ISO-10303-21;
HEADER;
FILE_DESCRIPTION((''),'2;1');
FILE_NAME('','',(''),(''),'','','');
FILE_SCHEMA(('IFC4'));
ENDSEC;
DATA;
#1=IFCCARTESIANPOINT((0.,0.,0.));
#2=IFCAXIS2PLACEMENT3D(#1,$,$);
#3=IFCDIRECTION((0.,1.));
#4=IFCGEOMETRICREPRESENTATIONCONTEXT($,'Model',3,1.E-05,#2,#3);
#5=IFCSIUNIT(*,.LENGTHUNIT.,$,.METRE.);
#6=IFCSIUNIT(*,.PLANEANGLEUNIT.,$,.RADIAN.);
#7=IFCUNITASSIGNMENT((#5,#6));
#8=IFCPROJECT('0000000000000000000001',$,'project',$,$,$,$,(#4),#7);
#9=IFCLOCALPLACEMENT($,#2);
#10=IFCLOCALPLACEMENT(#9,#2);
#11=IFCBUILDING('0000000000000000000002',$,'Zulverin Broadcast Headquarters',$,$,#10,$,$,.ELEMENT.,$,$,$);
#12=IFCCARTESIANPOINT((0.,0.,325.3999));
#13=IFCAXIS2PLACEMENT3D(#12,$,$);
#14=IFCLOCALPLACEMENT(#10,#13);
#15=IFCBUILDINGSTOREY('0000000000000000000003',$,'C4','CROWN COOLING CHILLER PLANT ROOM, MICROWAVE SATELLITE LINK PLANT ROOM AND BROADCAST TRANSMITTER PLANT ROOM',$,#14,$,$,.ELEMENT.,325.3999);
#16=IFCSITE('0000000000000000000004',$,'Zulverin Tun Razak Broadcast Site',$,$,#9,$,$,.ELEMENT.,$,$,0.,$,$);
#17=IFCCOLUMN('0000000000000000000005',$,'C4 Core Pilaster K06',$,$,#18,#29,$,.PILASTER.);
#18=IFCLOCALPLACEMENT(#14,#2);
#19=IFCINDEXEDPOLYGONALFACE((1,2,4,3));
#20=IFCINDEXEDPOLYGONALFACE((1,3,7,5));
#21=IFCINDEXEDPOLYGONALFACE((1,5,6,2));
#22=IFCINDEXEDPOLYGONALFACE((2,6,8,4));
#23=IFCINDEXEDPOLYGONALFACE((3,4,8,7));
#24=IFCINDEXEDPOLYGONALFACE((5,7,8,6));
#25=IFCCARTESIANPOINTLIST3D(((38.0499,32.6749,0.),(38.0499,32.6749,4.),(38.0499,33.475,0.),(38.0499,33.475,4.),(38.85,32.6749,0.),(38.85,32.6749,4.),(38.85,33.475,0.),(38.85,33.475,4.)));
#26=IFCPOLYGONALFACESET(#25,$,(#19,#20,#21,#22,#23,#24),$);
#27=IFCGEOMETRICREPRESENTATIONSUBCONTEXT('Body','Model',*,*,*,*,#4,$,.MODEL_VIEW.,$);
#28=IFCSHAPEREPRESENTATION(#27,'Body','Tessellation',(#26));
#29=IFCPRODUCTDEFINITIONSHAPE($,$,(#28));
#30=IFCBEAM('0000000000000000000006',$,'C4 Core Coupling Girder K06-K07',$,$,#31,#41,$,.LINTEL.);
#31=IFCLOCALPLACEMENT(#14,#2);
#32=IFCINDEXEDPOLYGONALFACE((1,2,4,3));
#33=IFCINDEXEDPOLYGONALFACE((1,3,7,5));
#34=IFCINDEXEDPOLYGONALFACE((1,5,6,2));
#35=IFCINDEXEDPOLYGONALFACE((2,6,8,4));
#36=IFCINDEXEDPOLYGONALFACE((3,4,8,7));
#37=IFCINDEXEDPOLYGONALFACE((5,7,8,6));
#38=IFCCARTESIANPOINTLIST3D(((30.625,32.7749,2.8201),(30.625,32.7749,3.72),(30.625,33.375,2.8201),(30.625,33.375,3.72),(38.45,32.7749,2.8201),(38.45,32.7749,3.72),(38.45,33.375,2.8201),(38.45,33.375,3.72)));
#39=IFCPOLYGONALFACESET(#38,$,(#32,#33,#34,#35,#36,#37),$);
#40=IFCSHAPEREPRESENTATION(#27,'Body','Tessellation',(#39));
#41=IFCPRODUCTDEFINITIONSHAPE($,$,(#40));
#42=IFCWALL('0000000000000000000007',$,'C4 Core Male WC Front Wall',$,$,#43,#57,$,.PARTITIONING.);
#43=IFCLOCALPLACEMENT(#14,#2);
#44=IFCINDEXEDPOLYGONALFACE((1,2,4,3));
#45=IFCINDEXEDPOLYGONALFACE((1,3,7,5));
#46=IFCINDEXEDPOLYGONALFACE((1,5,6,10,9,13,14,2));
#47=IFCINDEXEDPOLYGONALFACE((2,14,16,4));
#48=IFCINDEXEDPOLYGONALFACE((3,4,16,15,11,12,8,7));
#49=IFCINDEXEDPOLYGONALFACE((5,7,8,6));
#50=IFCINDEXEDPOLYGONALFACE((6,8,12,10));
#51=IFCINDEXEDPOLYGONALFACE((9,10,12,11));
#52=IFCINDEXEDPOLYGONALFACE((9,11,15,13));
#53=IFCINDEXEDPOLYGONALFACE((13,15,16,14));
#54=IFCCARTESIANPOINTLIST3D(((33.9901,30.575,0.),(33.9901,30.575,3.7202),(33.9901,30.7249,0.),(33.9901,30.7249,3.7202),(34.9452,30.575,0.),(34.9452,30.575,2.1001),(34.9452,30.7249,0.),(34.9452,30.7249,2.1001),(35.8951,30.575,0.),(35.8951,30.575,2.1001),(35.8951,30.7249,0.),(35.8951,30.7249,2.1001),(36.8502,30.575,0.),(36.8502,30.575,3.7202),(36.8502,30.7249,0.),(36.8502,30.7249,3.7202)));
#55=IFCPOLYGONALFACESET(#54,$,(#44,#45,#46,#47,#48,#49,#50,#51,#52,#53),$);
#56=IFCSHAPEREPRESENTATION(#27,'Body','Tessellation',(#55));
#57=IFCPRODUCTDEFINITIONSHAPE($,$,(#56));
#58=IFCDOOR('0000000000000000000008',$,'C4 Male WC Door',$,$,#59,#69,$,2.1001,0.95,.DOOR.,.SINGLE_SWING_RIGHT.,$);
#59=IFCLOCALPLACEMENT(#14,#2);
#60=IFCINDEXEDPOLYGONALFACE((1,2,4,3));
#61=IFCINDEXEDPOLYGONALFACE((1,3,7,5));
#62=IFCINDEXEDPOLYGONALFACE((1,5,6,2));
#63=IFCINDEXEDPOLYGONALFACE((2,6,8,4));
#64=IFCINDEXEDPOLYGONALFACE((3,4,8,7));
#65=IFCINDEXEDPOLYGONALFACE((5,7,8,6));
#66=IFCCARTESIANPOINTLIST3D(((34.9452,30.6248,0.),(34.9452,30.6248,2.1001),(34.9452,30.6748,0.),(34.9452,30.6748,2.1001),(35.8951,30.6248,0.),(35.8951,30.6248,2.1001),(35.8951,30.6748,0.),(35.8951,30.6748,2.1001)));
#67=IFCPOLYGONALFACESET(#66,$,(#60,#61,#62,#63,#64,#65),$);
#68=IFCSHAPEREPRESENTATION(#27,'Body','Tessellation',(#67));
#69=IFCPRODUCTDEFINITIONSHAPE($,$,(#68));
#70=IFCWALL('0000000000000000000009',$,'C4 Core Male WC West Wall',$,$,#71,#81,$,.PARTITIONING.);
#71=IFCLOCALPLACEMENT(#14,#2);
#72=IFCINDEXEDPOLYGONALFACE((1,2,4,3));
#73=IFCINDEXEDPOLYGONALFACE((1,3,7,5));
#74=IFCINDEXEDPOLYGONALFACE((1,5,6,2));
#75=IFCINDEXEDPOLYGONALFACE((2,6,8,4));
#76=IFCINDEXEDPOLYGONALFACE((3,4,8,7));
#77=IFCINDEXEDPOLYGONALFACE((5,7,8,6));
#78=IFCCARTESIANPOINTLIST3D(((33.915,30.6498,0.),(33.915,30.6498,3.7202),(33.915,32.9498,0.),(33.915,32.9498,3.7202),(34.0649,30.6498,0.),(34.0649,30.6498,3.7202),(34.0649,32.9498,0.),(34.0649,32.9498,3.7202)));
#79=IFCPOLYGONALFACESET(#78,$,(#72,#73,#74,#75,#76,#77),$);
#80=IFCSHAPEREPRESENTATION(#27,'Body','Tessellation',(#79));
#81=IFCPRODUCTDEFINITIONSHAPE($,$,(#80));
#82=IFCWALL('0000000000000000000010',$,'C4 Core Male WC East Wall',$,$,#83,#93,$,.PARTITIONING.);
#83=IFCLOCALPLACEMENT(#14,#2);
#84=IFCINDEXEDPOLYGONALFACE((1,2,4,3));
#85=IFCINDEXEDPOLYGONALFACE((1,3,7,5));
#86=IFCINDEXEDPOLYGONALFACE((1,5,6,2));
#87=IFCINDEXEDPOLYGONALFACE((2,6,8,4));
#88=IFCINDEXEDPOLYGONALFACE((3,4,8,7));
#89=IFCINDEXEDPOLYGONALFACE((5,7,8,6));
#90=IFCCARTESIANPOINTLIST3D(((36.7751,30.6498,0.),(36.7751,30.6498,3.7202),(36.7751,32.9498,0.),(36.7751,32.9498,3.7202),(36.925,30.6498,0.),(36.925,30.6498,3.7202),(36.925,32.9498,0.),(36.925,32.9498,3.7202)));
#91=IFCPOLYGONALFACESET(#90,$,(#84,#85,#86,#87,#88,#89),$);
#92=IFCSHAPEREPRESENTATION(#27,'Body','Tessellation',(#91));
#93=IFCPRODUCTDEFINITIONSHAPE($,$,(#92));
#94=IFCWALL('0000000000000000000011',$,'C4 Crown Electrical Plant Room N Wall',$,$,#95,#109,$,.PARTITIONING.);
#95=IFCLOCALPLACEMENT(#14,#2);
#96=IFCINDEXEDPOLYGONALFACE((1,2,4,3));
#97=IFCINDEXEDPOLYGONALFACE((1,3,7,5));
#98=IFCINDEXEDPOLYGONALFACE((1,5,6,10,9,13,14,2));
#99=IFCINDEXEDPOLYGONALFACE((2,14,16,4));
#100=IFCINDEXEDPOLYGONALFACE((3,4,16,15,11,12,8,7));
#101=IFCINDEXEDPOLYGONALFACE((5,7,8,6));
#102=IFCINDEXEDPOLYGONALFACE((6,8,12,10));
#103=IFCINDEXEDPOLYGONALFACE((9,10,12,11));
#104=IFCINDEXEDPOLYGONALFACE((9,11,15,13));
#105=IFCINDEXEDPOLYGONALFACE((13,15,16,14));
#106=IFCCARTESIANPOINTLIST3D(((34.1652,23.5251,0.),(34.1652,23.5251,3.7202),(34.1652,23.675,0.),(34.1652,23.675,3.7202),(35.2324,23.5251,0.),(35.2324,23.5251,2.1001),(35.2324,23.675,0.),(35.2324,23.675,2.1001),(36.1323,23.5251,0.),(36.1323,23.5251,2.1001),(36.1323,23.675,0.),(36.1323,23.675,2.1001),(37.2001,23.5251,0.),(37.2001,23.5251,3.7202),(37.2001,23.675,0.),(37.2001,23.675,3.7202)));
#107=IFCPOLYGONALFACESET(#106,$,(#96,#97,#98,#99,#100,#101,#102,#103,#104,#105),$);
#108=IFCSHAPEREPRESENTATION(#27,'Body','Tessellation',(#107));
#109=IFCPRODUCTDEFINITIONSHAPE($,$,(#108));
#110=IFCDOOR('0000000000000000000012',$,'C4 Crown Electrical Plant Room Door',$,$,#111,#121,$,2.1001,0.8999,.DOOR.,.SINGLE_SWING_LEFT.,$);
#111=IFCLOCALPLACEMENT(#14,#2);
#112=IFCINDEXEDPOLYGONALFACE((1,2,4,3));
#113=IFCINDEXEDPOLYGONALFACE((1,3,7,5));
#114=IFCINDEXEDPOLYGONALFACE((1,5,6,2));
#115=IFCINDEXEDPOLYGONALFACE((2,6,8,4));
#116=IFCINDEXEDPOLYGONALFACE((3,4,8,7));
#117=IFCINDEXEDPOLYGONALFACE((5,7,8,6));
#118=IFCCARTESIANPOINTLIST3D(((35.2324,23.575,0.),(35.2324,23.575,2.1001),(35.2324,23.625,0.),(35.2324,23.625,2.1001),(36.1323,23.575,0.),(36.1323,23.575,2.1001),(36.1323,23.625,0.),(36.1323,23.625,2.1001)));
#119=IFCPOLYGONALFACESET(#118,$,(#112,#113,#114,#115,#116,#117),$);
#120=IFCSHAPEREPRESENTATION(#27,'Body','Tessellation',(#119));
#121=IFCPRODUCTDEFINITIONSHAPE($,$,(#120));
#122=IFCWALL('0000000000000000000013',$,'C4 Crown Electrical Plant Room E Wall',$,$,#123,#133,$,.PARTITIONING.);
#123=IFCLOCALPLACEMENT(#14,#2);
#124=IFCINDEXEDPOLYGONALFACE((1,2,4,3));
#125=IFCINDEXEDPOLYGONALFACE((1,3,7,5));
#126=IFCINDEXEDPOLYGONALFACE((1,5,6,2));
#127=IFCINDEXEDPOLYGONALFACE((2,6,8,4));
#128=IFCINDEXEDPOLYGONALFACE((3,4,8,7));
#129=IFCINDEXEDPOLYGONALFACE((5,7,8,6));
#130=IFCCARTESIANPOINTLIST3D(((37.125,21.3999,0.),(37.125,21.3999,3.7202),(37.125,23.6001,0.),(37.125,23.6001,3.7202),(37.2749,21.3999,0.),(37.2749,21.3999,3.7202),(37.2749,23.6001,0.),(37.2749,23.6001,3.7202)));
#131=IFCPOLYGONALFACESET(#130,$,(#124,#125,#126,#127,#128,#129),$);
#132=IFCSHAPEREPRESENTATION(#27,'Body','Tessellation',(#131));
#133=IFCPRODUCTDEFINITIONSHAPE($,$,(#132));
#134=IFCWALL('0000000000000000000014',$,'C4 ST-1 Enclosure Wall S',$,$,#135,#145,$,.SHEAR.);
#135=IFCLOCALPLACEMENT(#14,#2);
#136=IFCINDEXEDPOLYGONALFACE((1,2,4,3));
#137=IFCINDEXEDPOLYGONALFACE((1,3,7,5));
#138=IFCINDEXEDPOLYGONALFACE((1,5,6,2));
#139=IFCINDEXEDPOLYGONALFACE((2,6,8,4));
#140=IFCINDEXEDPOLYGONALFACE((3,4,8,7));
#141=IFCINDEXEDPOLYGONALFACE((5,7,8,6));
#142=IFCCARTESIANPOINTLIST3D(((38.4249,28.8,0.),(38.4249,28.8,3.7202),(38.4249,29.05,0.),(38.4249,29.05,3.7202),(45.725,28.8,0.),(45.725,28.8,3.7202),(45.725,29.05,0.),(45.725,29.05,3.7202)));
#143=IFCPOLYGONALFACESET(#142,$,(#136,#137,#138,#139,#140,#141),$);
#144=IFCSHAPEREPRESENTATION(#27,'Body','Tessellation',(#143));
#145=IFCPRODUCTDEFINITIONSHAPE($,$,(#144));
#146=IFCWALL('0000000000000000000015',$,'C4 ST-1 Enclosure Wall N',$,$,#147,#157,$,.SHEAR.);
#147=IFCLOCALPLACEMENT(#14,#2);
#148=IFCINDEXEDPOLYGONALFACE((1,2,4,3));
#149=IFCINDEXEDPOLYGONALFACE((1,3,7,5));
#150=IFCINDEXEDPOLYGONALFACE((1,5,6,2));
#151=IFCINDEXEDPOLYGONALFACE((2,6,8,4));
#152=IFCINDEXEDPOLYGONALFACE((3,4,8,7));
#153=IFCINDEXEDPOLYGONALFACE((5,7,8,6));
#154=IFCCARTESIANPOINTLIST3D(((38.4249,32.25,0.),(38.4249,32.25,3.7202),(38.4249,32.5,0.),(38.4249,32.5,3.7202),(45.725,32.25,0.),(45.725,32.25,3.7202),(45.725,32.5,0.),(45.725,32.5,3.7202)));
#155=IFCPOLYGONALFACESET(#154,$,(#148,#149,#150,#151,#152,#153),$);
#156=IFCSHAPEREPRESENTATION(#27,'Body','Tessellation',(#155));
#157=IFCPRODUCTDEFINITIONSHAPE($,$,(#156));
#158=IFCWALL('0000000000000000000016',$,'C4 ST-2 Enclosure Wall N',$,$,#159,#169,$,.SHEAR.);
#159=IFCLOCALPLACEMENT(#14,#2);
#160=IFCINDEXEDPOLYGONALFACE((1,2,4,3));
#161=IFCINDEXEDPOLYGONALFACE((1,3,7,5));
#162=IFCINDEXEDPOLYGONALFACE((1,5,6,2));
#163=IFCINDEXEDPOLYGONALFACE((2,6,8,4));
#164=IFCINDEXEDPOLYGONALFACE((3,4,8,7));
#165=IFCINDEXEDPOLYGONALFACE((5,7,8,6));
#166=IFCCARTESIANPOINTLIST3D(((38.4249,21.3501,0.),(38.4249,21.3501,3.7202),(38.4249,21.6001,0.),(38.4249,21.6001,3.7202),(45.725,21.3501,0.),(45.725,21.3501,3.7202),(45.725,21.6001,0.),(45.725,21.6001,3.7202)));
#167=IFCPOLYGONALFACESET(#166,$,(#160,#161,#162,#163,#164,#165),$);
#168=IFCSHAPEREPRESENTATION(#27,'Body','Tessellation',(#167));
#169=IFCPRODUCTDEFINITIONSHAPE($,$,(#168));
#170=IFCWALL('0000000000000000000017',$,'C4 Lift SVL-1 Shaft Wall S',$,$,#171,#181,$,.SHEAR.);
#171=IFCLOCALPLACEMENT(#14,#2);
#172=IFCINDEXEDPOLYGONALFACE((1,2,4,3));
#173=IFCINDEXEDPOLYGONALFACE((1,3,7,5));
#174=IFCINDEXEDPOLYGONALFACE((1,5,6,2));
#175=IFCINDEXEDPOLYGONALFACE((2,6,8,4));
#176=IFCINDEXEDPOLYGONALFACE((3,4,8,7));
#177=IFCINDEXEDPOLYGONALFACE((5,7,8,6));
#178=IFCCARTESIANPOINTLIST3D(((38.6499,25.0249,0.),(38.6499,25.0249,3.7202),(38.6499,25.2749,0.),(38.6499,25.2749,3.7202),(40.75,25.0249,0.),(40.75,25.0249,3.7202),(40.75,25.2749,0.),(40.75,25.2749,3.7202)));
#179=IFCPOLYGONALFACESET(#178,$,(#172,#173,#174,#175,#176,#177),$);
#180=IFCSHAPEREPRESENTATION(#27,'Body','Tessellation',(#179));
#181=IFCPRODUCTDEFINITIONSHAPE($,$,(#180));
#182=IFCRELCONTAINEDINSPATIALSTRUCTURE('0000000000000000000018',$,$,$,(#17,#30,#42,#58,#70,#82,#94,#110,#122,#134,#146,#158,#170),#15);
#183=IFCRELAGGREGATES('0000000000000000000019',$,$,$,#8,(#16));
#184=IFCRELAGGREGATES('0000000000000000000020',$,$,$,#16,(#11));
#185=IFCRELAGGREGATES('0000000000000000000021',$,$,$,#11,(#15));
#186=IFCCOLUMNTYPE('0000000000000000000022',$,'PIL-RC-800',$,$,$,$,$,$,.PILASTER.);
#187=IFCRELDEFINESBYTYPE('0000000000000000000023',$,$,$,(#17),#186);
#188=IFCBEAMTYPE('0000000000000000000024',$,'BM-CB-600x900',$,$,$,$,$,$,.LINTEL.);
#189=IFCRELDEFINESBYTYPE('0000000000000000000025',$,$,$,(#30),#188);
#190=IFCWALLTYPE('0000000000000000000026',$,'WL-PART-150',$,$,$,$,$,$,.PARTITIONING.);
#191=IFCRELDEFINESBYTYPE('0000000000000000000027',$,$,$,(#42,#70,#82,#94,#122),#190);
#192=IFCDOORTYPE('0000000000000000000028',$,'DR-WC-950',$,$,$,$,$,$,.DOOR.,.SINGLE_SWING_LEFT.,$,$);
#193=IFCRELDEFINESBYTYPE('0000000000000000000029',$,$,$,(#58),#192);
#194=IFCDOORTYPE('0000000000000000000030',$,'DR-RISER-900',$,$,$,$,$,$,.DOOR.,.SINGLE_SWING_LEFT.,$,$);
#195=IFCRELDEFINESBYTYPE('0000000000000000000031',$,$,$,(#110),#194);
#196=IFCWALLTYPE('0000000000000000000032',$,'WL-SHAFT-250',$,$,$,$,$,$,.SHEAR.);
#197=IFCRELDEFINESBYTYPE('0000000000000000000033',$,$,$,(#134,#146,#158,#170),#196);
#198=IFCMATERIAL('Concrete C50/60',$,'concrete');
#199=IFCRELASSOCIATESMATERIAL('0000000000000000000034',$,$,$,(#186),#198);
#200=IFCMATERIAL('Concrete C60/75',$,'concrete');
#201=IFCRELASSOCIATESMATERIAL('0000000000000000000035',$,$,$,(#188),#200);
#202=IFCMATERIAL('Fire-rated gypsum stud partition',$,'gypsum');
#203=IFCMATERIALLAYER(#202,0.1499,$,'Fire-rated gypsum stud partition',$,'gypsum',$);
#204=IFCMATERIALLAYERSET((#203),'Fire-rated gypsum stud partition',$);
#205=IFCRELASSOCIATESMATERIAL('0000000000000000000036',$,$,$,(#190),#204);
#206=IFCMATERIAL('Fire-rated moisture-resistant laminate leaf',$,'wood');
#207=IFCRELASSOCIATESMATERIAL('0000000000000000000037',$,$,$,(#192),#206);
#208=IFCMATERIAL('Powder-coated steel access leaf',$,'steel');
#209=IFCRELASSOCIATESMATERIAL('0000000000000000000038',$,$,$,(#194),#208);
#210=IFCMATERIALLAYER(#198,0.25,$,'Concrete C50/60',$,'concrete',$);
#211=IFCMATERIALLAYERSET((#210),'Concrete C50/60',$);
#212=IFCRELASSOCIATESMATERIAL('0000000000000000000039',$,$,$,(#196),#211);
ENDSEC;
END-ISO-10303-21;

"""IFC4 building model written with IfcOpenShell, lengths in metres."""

from ifc_helpers import new_model, si_unit, direction, frame, frame_2d, origin, origin_2d, place, context, subcontext, project, spatial, rectangle, extrude, material, layer, layer_set, material_profile, profile_set, type_object, element, fill, save


model = new_model("IFC4")

# Units and contexts
model_context = context("Model", 3, precision=1e-05, world=origin(), true_north=direction((0.0, 1.0)))
body_context = subcontext(model_context, "Body", "Model", "MODEL_VIEW")
ifc_project = project(units=[si_unit("LENGTHUNIT", "METRE"), si_unit("PLANEANGLEUNIT", "RADIAN")], contexts=[model_context])

# Site, building, storey
site_placement = place(None, origin())
site = spatial("IfcSite", under=ifc_project, at=site_placement, Name="Zulverin Tun Razak Broadcast Site", CompositionType="ELEMENT", RefElevation=0.0)
building_placement = place(site_placement, origin())
building = spatial("IfcBuilding", under=site, at=building_placement, Name="Zulverin Broadcast Headquarters", CompositionType="ELEMENT")
storey_placement = place(building_placement, frame((0.0, 0.0, 325.3999)))
storey = spatial("IfcBuildingStorey", under=building, at=storey_placement, Name="C4", Description="CROWN COOLING CHILLER PLANT ROOM, MICROWAVE SATELLITE LINK PLANT ROOM AND BROADCAST TRANSMITTER PLANT ROOM", CompositionType="ELEMENT", Elevation=325.3999)

# Column
ifc_material_1 = material(Name="Concrete C50/60", Category="concrete")
ifc_material_profile_1 = material_profile(ifc_material_1, rectangle(XDim=0.8, YDim=0.8, at=origin_2d()), Name="Concrete C50/60", Category="concrete")
ifc_profile_set_1 = profile_set([ifc_material_profile_1], Name="Concrete C50/60")
column_type = type_object("IfcColumnType", Name="PIL-RC-800", PredefinedType="PILASTER", material=ifc_profile_set_1)
column_placement = place(storey_placement, frame((38.45, 33.075, 0.0), z_axis=(0.0, 0.0, 1.0), x_axis=(1.0, 0.0, 0.0)))
element("IfcColumn", 1, at=column_placement, inside=storey, type_object=column_type, Name="C4 Core Pilaster K06", PredefinedType="PILASTER", context=body_context, shape_type="SweptSolid", body=[
    extrude(rectangle(XDim=0.8, YDim=0.8, at=origin_2d()), origin(), (0.0, 0.0, 1.0), 4.0),
])

# Beam
ifc_material_2 = material(Name="Concrete C60/75", Category="concrete")
ifc_material_profile_2 = material_profile(ifc_material_2, rectangle(XDim=0.6001, YDim=0.8999, at=origin_2d()), Name="Concrete C60/75", Category="concrete")
ifc_profile_set_2 = profile_set([ifc_material_profile_2], Name="Concrete C60/75")
beam_type = type_object("IfcBeamType", Name="BM-CB-600x900", PredefinedType="LINTEL", material=ifc_profile_set_2)
beam_placement = place(storey_placement, frame((38.45, 33.075, 3.27), z_axis=(-1.0, 0.0, 0.0), x_axis=(0.0, -1.0, 0.0)))
element("IfcBeam", 2, at=beam_placement, inside=storey, type_object=beam_type, Name="C4 Core Coupling Girder K06-K07", PredefinedType="LINTEL", context=body_context, shape_type="SweptSolid", body=[
    extrude(rectangle(XDim=0.6001, YDim=0.8999, at=origin_2d()), origin(), (0.0, 0.0, 1.0), 7.825),
])

# Wall, opening, door
ifc_material_3 = material(Name="Fire-rated gypsum stud partition", Category="gypsum")
ifc_layer_1 = layer(ifc_material_3, 0.1499, Name="Fire-rated gypsum stud partition", Category="gypsum")
ifc_layer_set_1 = layer_set([ifc_layer_1], Name="Fire-rated gypsum stud partition")
wall_type_1 = type_object("IfcWallType", Name="WL-PART-150", PredefinedType="PARTITIONING", material=ifc_layer_set_1)
wall_1_placement = place(storey_placement, frame((33.99, 30.6499, 0.0), z_axis=(0.0, 0.0, 1.0), x_axis=(1.0, 0.0, 0.0)))
wall_1 = element("IfcWall", 3, at=wall_1_placement, inside=storey, type_object=wall_type_1, Name="C4 Core Male WC Front Wall", PredefinedType="PARTITIONING", context=body_context, shape_type="SweptSolid", body=[
    extrude(rectangle(XDim=2.8601, YDim=0.1499, at=frame_2d((1.4302, 0.0))), origin(), (0.0, 0.0, 1.0), 3.7202),
])
opening_1_placement = place(wall_1_placement, frame((0.9551, 0.0, 0.0)))
opening_1 = element("IfcOpeningElement", 4, at=opening_1_placement, cuts=wall_1, PredefinedType="OPENING", context=body_context, shape_type="SweptSolid", body=[
    extrude(rectangle(XDim=0.95, YDim=2.1001, at=frame_2d((0.4751, 1.05))), frame((0.0, 0.085, 0.0), z_axis=(0.0, -1.0, 0.0), x_axis=(1.0, 0.0, 0.0)), (0.0, 0.0, 1.0), 0.1699),
])
ifc_material_4 = material(Name="Fire-rated moisture-resistant laminate leaf", Category="wood")
door_type_1 = type_object("IfcDoorType", Name="DR-WC-950", OperationType="SINGLE_SWING_LEFT", PredefinedType="DOOR", material=ifc_material_4)
door_1_placement = place(opening_1_placement, origin())
door_1 = element("IfcDoor", 5, at=door_1_placement, inside=storey, type_object=door_type_1, Name="C4 Male WC Door", OperationType="SINGLE_SWING_RIGHT", OverallHeight=2.1001, OverallWidth=0.95, PredefinedType="DOOR", context=body_context, shape_type="SweptSolid", body=[
    extrude(rectangle(XDim=0.95, YDim=2.1001, at=frame_2d((0.4751, 1.05))), frame((0.0, 0.0249, 0.0), z_axis=(0.0, -1.0, 0.0), x_axis=(1.0, 0.0, 0.0)), (0.0, 0.0, 1.0), 0.05),
])
fill(opening_1, door_1)

# Walls
for number, where, z_axis, x_axis, name in (
    (6, (33.99, 30.6499, 0.0), (0.0, 0.0, 1.0), (0.0, 1.0, 0.0), "C4 Core Male WC West Wall"),
    (7, (36.8501, 30.6499, 0.0), (0.0, 0.0, 1.0), (0.0, 1.0, 0.0), "C4 Core Male WC East Wall"),
):
    element("IfcWall", number, at=place(storey_placement, frame(where, z_axis=z_axis, x_axis=x_axis)), inside=storey, type_object=wall_type_1, Name=name, PredefinedType="PARTITIONING", context=body_context, shape_type="SweptSolid", body=[
        extrude(rectangle(XDim=2.3, YDim=0.1499, at=frame_2d((1.1499, 0.0))), origin(), (0.0, 0.0, 1.0), 3.7202),
    ])

# Wall, opening, door
wall_2_placement = place(storey_placement, frame((34.165, 23.6001, 0.0), z_axis=(0.0, 0.0, 1.0), x_axis=(1.0, 0.0, 0.0)))
wall_2 = element("IfcWall", 8, at=wall_2_placement, inside=storey, type_object=wall_type_1, Name="C4 Crown Electrical Plant Room N Wall", PredefinedType="PARTITIONING", context=body_context, shape_type="SweptSolid", body=[
    extrude(rectangle(XDim=3.0349, YDim=0.1499, at=frame_2d((1.5176, 0.0))), origin(), (0.0, 0.0, 1.0), 3.7202),
])
opening_2_placement = place(wall_2_placement, frame((1.0674, 0.0, 0.0)))
opening_2 = element("IfcOpeningElement", 9, at=opening_2_placement, cuts=wall_2, PredefinedType="OPENING", context=body_context, shape_type="SweptSolid", body=[
    extrude(rectangle(XDim=0.8999, YDim=2.1001, at=frame_2d((0.45, 1.05))), frame((0.0, 0.085, 0.0), z_axis=(0.0, -1.0, 0.0), x_axis=(1.0, 0.0, 0.0)), (0.0, 0.0, 1.0), 0.1699),
])
ifc_material_5 = material(Name="Powder-coated steel access leaf", Category="steel")
door_type_2 = type_object("IfcDoorType", Name="DR-RISER-900", OperationType="SINGLE_SWING_LEFT", PredefinedType="DOOR", material=ifc_material_5)
door_2_placement = place(opening_2_placement, origin())
door_2 = element("IfcDoor", 10, at=door_2_placement, inside=storey, type_object=door_type_2, Name="C4 Crown Electrical Plant Room Door", OperationType="SINGLE_SWING_LEFT", OverallHeight=2.1001, OverallWidth=0.8999, PredefinedType="DOOR", context=body_context, shape_type="SweptSolid", body=[
    extrude(rectangle(XDim=0.8999, YDim=2.1001, at=frame_2d((0.45, 1.05))), frame((0.0, 0.0249, 0.0), z_axis=(0.0, -1.0, 0.0), x_axis=(1.0, 0.0, 0.0)), (0.0, 0.0, 1.0), 0.05),
])
fill(opening_2, door_2)

# Walls
wall_3_placement = place(storey_placement, frame((37.2, 21.3999, 0.0), z_axis=(0.0, 0.0, 1.0), x_axis=(0.0, 1.0, 0.0)))
element("IfcWall", 11, at=wall_3_placement, inside=storey, type_object=wall_type_1, Name="C4 Crown Electrical Plant Room E Wall", PredefinedType="PARTITIONING", context=body_context, shape_type="SweptSolid", body=[
    extrude(rectangle(XDim=2.2002, YDim=0.1499, at=frame_2d((1.1001, 0.0))), origin(), (0.0, 0.0, 1.0), 3.7202),
])
ifc_layer_2 = layer(ifc_material_1, 0.25, Name="Concrete C50/60", Category="concrete")
ifc_layer_set_2 = layer_set([ifc_layer_2], Name="Concrete C50/60")
wall_type_2 = type_object("IfcWallType", Name="WL-SHAFT-250", PredefinedType="SHEAR", material=ifc_layer_set_2)
for number, where, z_axis, x_axis, name in (
    (12, (38.425, 28.925, 0.0), (0.0, 0.0, 1.0), (1.0, 0.0, 0.0), "C4 ST-1 Enclosure Wall S"),
    (13, (38.425, 32.375, 0.0), (0.0, 0.0, 1.0), (1.0, 0.0, 0.0), "C4 ST-1 Enclosure Wall N"),
):
    element("IfcWall", number, at=place(storey_placement, frame(where, z_axis=z_axis, x_axis=x_axis)), inside=storey, type_object=wall_type_2, Name=name, PredefinedType="SHEAR", context=body_context, shape_type="SweptSolid", body=[
        extrude(rectangle(XDim=7.3, YDim=0.25, at=frame_2d((3.6499, 0.0))), origin(), (0.0, 0.0, 1.0), 3.7202),
    ])

# Walls
wall_4_placement = place(storey_placement, frame((38.425, 21.4751, 0.0), z_axis=(0.0, 0.0, 1.0), x_axis=(1.0, 0.0, 0.0)))
element("IfcWall", 14, at=wall_4_placement, inside=storey, type_object=wall_type_2, Name="C4 ST-2 Enclosure Wall N", PredefinedType="SHEAR", context=body_context, shape_type="SweptSolid", body=[
    extrude(rectangle(XDim=7.3, YDim=0.25, at=frame_2d((3.6499, 0.0))), origin(), (0.0, 0.0, 1.0), 3.7202),
])
for number, where, z_axis, x_axis, name in (
    (15, (38.6499, 25.1499, 0.0), (0.0, 0.0, 1.0), (1.0, 0.0, 0.0), "C4 Lift SVL-1 Shaft Wall S"),
):
    element("IfcWall", number, at=place(storey_placement, frame(where, z_axis=z_axis, x_axis=x_axis)), inside=storey, type_object=wall_type_2, Name=name, PredefinedType="SHEAR", context=body_context, shape_type="SweptSolid", body=[
        extrude(rectangle(XDim=2.1001, YDim=0.25, at=frame_2d((1.05, 0.0))), origin(), (0.0, 0.0, 1.0), 3.7202),
    ])

save(model, "model.ifc")
